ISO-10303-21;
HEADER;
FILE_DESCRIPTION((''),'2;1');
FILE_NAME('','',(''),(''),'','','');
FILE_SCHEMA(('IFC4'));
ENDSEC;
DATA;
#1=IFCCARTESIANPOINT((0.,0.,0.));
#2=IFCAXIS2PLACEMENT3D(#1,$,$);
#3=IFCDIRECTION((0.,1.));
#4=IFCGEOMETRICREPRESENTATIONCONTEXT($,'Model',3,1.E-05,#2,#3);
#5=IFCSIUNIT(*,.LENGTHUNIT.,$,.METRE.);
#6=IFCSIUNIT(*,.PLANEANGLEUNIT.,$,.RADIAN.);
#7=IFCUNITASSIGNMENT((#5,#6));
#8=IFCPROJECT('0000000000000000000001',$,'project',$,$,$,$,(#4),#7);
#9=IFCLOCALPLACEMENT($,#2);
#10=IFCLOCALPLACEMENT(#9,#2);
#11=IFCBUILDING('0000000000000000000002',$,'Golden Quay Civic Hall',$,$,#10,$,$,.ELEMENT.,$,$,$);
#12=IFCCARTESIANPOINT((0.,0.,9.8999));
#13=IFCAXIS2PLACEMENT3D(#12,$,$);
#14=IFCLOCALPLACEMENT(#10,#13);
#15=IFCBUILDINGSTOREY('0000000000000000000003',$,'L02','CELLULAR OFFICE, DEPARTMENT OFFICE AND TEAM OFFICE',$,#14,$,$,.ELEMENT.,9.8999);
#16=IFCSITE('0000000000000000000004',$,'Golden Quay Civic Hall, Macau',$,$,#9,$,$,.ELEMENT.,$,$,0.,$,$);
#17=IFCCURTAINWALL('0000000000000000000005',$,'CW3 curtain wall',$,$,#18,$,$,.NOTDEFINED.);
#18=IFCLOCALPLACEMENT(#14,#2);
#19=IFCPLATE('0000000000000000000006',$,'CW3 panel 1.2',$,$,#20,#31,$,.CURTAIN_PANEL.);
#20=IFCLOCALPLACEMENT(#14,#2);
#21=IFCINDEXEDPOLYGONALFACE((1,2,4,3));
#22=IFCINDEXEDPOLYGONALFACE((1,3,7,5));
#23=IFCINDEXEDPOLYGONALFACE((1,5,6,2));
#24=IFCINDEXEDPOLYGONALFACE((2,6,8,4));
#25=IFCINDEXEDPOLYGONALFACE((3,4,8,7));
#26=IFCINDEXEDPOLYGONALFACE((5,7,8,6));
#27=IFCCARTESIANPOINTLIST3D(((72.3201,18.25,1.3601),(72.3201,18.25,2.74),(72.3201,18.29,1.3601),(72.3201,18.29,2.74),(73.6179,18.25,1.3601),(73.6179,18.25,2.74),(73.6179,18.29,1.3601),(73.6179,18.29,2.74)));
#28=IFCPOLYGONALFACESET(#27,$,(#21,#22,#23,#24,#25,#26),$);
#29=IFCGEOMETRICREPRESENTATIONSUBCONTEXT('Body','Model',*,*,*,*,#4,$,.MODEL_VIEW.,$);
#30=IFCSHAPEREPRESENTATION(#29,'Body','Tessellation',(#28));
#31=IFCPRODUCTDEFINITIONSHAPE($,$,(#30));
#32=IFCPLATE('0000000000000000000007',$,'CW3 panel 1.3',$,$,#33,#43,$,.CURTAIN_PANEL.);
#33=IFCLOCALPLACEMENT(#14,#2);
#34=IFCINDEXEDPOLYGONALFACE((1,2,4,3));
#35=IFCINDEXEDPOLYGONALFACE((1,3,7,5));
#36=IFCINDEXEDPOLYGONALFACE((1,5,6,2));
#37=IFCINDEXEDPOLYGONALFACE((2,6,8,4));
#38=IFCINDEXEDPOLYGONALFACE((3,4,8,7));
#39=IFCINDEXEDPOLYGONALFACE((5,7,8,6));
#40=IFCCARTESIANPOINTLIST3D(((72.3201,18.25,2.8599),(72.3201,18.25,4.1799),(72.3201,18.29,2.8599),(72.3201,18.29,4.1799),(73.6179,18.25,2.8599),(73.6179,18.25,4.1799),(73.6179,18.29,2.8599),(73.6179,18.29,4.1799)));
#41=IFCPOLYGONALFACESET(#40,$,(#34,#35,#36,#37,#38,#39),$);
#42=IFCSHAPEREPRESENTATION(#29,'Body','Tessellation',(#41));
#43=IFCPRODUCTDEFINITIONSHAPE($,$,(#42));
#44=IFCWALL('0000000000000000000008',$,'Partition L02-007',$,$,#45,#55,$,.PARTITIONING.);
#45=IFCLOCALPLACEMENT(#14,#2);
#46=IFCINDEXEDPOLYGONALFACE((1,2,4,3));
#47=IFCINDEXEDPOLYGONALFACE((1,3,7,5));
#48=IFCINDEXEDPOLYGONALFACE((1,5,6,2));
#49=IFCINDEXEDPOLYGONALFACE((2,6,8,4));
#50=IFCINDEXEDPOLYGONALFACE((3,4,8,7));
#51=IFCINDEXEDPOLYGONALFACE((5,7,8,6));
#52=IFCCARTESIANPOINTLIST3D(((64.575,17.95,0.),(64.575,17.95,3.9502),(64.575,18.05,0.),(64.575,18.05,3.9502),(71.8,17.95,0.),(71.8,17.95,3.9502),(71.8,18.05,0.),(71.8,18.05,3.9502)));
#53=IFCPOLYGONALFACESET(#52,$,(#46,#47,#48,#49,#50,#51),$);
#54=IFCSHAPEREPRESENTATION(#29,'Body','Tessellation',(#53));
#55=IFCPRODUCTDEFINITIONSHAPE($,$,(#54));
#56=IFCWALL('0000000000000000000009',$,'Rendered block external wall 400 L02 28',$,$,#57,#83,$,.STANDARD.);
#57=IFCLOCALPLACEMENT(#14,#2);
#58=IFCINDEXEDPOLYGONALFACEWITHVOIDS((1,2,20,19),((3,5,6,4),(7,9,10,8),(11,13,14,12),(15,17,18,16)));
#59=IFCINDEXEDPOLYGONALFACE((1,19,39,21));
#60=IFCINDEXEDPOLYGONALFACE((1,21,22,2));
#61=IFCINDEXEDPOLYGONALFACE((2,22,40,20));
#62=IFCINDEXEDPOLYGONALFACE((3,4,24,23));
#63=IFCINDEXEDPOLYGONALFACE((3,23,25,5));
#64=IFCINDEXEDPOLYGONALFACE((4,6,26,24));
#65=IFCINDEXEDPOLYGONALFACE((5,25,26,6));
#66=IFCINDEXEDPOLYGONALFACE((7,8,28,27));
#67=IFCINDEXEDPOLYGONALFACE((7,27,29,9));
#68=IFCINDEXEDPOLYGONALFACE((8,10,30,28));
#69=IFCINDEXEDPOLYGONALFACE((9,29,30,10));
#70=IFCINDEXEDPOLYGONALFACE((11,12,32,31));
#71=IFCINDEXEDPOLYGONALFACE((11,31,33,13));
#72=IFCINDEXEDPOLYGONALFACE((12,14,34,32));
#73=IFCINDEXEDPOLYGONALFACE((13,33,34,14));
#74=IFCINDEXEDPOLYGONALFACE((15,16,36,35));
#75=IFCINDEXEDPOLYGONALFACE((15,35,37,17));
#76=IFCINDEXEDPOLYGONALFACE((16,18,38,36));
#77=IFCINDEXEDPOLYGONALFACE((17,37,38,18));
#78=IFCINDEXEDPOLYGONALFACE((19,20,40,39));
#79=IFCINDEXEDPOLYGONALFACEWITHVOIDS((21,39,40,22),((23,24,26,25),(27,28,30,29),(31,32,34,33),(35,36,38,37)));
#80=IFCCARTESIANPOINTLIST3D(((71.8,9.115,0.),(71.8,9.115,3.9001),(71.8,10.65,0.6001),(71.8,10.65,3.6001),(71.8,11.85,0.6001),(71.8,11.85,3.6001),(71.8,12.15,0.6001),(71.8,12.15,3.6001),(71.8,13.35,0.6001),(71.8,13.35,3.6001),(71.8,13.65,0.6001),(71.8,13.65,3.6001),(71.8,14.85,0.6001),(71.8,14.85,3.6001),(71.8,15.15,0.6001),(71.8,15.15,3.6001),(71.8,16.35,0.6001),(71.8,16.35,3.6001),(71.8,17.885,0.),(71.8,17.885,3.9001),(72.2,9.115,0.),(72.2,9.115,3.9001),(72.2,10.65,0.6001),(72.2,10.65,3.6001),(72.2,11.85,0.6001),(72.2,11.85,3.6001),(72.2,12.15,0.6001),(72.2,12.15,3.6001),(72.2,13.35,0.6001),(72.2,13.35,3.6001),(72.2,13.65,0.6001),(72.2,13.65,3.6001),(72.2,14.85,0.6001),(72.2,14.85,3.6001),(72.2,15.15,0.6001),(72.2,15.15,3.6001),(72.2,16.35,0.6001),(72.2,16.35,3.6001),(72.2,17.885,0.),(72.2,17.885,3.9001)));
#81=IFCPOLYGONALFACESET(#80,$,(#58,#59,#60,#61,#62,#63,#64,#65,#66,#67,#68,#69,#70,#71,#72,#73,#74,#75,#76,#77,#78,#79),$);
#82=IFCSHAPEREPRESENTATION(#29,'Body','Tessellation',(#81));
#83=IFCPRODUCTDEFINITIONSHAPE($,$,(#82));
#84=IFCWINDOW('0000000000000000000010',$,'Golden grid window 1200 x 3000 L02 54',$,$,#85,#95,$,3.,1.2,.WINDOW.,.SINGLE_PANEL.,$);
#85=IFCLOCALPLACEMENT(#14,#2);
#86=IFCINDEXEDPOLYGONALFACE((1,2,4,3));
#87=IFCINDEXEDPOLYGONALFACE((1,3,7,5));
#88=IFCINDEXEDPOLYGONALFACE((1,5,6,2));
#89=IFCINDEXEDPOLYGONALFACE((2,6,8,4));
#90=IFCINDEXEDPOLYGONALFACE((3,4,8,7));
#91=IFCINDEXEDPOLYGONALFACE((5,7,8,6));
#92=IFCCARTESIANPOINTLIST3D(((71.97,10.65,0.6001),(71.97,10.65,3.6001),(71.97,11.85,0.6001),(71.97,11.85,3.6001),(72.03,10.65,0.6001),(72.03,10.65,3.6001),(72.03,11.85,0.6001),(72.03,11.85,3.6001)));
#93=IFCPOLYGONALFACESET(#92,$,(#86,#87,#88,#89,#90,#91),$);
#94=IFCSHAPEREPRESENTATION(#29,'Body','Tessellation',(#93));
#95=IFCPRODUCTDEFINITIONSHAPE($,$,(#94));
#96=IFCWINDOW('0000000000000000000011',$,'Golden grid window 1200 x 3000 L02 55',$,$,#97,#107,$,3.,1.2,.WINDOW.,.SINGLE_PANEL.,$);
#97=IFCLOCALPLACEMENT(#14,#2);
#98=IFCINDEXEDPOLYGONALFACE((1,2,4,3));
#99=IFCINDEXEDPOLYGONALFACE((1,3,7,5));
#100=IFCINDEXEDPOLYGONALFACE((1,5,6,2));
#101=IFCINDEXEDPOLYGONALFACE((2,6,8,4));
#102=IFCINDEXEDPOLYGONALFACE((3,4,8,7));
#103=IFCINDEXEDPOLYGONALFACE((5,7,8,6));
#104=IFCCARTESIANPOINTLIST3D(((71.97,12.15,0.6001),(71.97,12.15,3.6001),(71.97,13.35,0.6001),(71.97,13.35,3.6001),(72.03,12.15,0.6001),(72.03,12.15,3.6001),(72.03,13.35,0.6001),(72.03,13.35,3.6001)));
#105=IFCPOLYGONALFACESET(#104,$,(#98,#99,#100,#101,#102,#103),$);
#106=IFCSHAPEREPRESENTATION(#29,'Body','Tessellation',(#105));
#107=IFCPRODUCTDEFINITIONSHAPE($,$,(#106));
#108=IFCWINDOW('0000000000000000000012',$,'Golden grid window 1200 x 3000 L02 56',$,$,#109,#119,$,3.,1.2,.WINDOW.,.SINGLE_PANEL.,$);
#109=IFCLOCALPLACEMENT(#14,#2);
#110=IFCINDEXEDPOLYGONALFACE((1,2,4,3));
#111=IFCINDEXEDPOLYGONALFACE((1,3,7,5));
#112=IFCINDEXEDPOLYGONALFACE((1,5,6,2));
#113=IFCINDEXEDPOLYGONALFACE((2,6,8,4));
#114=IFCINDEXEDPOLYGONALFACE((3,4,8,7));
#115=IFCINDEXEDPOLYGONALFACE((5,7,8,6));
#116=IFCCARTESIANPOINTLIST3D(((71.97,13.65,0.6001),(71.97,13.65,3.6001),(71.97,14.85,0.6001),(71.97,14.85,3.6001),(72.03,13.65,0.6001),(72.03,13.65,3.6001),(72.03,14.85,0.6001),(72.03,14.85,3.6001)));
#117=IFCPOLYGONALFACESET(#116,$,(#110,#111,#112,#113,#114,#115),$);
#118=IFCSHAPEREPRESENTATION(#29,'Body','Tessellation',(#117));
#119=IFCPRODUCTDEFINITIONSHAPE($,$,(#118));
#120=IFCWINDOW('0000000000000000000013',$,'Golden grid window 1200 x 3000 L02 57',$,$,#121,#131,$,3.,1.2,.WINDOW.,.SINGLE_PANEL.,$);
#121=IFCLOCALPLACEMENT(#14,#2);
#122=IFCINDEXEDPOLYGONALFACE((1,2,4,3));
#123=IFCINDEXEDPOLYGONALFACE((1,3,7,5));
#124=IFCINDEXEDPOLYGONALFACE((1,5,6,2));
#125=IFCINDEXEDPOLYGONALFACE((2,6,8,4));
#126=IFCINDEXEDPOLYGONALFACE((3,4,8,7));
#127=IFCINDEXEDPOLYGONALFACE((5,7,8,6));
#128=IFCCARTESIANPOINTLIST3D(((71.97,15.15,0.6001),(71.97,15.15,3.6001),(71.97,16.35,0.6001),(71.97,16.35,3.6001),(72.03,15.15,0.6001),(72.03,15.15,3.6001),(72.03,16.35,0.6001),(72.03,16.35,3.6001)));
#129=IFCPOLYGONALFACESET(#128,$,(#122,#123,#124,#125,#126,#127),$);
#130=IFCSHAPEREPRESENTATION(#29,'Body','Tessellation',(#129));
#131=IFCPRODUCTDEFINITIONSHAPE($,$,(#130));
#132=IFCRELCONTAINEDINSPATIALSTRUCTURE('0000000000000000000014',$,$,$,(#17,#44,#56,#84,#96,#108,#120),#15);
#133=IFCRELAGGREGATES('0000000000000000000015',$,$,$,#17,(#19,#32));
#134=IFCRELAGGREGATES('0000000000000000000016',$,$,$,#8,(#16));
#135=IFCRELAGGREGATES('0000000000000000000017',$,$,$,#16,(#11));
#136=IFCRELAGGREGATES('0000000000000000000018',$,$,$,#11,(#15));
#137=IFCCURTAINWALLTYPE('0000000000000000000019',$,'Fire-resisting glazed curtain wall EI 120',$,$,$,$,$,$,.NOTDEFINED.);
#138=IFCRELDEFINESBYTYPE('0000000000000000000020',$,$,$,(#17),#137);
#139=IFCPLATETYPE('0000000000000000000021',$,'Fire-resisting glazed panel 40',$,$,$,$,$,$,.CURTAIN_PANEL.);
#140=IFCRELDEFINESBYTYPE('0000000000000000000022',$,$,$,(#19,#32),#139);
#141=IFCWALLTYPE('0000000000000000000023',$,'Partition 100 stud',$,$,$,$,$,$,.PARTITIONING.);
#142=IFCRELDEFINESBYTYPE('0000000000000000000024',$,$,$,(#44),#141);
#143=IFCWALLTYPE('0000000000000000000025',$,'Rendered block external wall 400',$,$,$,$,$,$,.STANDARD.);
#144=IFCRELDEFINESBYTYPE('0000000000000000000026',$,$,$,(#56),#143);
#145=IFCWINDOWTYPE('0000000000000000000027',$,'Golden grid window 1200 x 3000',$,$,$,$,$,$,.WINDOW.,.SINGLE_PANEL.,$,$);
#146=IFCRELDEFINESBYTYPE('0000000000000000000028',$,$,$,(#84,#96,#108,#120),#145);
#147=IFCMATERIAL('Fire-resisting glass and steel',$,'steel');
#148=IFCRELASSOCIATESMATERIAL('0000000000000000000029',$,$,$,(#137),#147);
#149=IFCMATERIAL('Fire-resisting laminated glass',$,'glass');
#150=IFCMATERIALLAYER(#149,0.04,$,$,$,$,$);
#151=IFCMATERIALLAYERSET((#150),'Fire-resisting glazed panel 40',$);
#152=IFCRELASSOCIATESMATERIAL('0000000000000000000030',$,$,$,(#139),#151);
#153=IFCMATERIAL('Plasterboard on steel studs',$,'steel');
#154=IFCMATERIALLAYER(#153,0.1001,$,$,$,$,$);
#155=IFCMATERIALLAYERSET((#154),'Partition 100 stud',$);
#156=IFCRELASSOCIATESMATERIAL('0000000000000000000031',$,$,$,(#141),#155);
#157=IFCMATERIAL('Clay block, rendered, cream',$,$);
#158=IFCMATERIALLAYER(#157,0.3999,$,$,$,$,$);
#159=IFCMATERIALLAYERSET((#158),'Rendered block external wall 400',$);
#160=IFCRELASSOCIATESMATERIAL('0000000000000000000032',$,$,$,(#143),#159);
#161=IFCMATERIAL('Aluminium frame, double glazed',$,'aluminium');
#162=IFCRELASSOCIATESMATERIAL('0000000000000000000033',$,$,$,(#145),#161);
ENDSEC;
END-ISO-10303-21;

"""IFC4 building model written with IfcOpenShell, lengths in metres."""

from ifc_helpers import new_model, si_unit, direction, frame, frame_2d, origin, origin_2d, place, context, subcontext, project, spatial, rectangle, extrude, material, layer, layer_set, type_object, element, fill, aggregate, save


model = new_model("IFC4")

# Units and contexts
model_context = context("Model", 3, precision=1e-05, world=origin(), true_north=direction((0.0, 1.0)))
body_context = subcontext(model_context, "Body", "Model", "MODEL_VIEW")
ifc_project = project(units=[si_unit("LENGTHUNIT", "METRE"), si_unit("PLANEANGLEUNIT", "RADIAN")], contexts=[model_context])

# Site, building, storey
site_placement = place(None, origin())
site = spatial("IfcSite", under=ifc_project, at=site_placement, Name="Golden Quay Civic Hall, Macau", CompositionType="ELEMENT", RefElevation=0.0)
building_placement = place(site_placement, origin())
building = spatial("IfcBuilding", under=site, at=building_placement, Name="Golden Quay Civic Hall", CompositionType="ELEMENT")
storey_placement = place(building_placement, frame((0.0, 0.0, 9.8999)))
storey = spatial("IfcBuildingStorey", under=building, at=storey_placement, Name="L02", Description="CELLULAR OFFICE, DEPARTMENT OFFICE AND TEAM OFFICE", CompositionType="ELEMENT", Elevation=9.8999)

# Curtain wall
ifc_material_1 = material(Name="Fire-resisting glass and steel", Category="steel")
curtain_wall_type = type_object("IfcCurtainWallType", Name="Fire-resisting glazed curtain wall EI 120", PredefinedType="NOTDEFINED", material=ifc_material_1)
curtain_wall_placement = place(storey_placement, origin())
curtain_wall = element("IfcCurtainWall", 1, at=curtain_wall_placement, inside=storey, type_object=curtain_wall_type, Name="CW3 curtain wall", PredefinedType="NOTDEFINED")

# Plates
ifc_material_2 = material(Name="Fire-resisting laminated glass", Category="glass")
ifc_layer_1 = layer(ifc_material_2, 0.04)
ifc_layer_set_1 = layer_set([ifc_layer_1], Name="Fire-resisting glazed panel 40")
plate_type = type_object("IfcPlateType", Name="Fire-resisting glazed panel 40", PredefinedType="CURTAIN_PANEL", material=ifc_layer_set_1)
plate_1_placement = place(storey_placement, frame((72.969, 18.27, 1.3601), z_axis=(0.0, 0.0, 1.0), x_axis=(1.0, 0.0, 0.0)))
plate_1 = element("IfcPlate", 2, at=plate_1_placement, type_object=plate_type, Name="CW3 panel 1.2", PredefinedType="CURTAIN_PANEL", context=body_context, shape_type="SweptSolid", body=[
    extrude(rectangle(XDim=1.2979, YDim=0.04, at=origin_2d()), origin(), (0.0, 0.0, 1.0), 1.3799),
])
plate_2_placement = place(storey_placement, frame((72.969, 18.27, 2.8599), z_axis=(0.0, 0.0, 1.0), x_axis=(1.0, 0.0, 0.0)))
plate_2 = element("IfcPlate", 3, at=plate_2_placement, type_object=plate_type, Name="CW3 panel 1.3", PredefinedType="CURTAIN_PANEL", context=body_context, shape_type="SweptSolid", body=[
    extrude(rectangle(XDim=1.2979, YDim=0.04, at=origin_2d()), origin(), (0.0, 0.0, 1.0), 1.3201),
])
aggregate(curtain_wall, [plate_1, plate_2])

# Wall
ifc_material_3 = material(Name="Plasterboard on steel studs", Category="steel")
ifc_layer_2 = layer(ifc_material_3, 0.1001)
ifc_layer_set_2 = layer_set([ifc_layer_2], Name="Partition 100 stud")
wall_type_1 = type_object("IfcWallType", Name="Partition 100 stud", PredefinedType="PARTITIONING", material=ifc_layer_set_2)
wall_1_placement = place(storey_placement, frame((64.575, 18.0, 0.0), z_axis=(0.0, 0.0, 1.0), x_axis=(1.0, 0.0, 0.0)))
element("IfcWall", 4, at=wall_1_placement, inside=storey, type_object=wall_type_1, Name="Partition L02-007", PredefinedType="PARTITIONING", context=body_context, shape_type="SweptSolid", body=[
    extrude(rectangle(XDim=7.2251, YDim=0.1001, at=frame_2d((3.6125, 0.0))), origin(), (0.0, 0.0, 1.0), 3.9502),
])

# Wall, openings, windows
ifc_material_4 = material(Name="Clay block, rendered, cream")
ifc_layer_3 = layer(ifc_material_4, 0.3999)
ifc_layer_set_3 = layer_set([ifc_layer_3], Name="Rendered block external wall 400")
wall_type_2 = type_object("IfcWallType", Name="Rendered block external wall 400", PredefinedType="STANDARD", material=ifc_layer_set_3)
wall_2_placement = place(storey_placement, frame((72.0, 17.885, 0.0), z_axis=(0.0, 0.0, 1.0), x_axis=(0.0, -1.0, 0.0)))
wall_2 = element("IfcWall", 5, at=wall_2_placement, inside=storey, type_object=wall_type_2, Name="Rendered block external wall 400 L02 28", PredefinedType="STANDARD", context=body_context, shape_type="SweptSolid", body=[
    extrude(rectangle(XDim=8.77, YDim=0.3999, at=frame_2d((4.385, 0.0))), origin(), (0.0, 0.0, 1.0), 3.9001),
])
opening_1_placement = place(wall_2_placement, frame((6.0349, 0.0, 0.6001)))
opening_1 = element("IfcOpeningElement", 6, at=opening_1_placement, cuts=wall_2, PredefinedType="OPENING", context=body_context, shape_type="SweptSolid", body=[
    extrude(rectangle(XDim=1.2, YDim=3.0, at=frame_2d((0.6001, 1.5))), frame((0.0, 0.21, 0.0), z_axis=(0.0, -1.0, 0.0), x_axis=(1.0, 0.0, 0.0)), (0.0, 0.0, 1.0), 0.4199),
])
opening_2_placement = place(wall_2_placement, frame((4.5349, 0.0, 0.6001)))
opening_2 = element("IfcOpeningElement", 7, at=opening_2_placement, cuts=wall_2, PredefinedType="OPENING", context=body_context, shape_type="SweptSolid", body=[
    extrude(rectangle(XDim=1.2, YDim=3.0, at=frame_2d((0.6001, 1.5))), frame((0.0, 0.21, 0.0), z_axis=(0.0, -1.0, 0.0), x_axis=(1.0, 0.0, 0.0)), (0.0, 0.0, 1.0), 0.4199),
])
opening_3_placement = place(wall_2_placement, frame((3.0349, 0.0, 0.6001)))
opening_3 = element("IfcOpeningElement", 8, at=opening_3_placement, cuts=wall_2, PredefinedType="OPENING", context=body_context, shape_type="SweptSolid", body=[
    extrude(rectangle(XDim=1.2, YDim=3.0, at=frame_2d((0.6001, 1.5))), frame((0.0, 0.21, 0.0), z_axis=(0.0, -1.0, 0.0), x_axis=(1.0, 0.0, 0.0)), (0.0, 0.0, 1.0), 0.4199),
])
opening_4_placement = place(wall_2_placement, frame((1.5349, 0.0, 0.6001)))
opening_4 = element("IfcOpeningElement", 9, at=opening_4_placement, cuts=wall_2, PredefinedType="OPENING", context=body_context, shape_type="SweptSolid", body=[
    extrude(rectangle(XDim=1.2, YDim=3.0, at=frame_2d((0.6001, 1.5))), frame((0.0, 0.21, 0.0), z_axis=(0.0, -1.0, 0.0), x_axis=(1.0, 0.0, 0.0)), (0.0, 0.0, 1.0), 0.4199),
])
ifc_material_5 = material(Name="Aluminium frame, double glazed", Category="aluminium")
window_type = type_object("IfcWindowType", Name="Golden grid window 1200 x 3000", PartitioningType="SINGLE_PANEL", PredefinedType="WINDOW", material=ifc_material_5)
window_1_placement = place(opening_1_placement, origin())
window_1 = element("IfcWindow", 10, at=window_1_placement, inside=storey, type_object=window_type, Name="Golden grid window 1200 x 3000 L02 54", OverallHeight=3.0, OverallWidth=1.2, PartitioningType="SINGLE_PANEL", PredefinedType="WINDOW", context=body_context, shape_type="SweptSolid", body=[
    extrude(rectangle(XDim=1.2, YDim=3.0, at=frame_2d((0.6001, 1.5))), frame((0.0, 0.03, 0.0), z_axis=(0.0, -1.0, 0.0), x_axis=(1.0, 0.0, 0.0)), (0.0, 0.0, 1.0), 0.0601),
])
fill(opening_1, window_1)
window_2_placement = place(opening_2_placement, origin())
window_2 = element("IfcWindow", 11, at=window_2_placement, inside=storey, type_object=window_type, Name="Golden grid window 1200 x 3000 L02 55", OverallHeight=3.0, OverallWidth=1.2, PartitioningType="SINGLE_PANEL", PredefinedType="WINDOW", context=body_context, shape_type="SweptSolid", body=[
    extrude(rectangle(XDim=1.2, YDim=3.0, at=frame_2d((0.6001, 1.5))), frame((0.0, 0.03, 0.0), z_axis=(0.0, -1.0, 0.0), x_axis=(1.0, 0.0, 0.0)), (0.0, 0.0, 1.0), 0.0601),
])
fill(opening_2, window_2)
window_3_placement = place(opening_3_placement, origin())
window_3 = element("IfcWindow", 12, at=window_3_placement, inside=storey, type_object=window_type, Name="Golden grid window 1200 x 3000 L02 56", OverallHeight=3.0, OverallWidth=1.2, PartitioningType="SINGLE_PANEL", PredefinedType="WINDOW", context=body_context, shape_type="SweptSolid", body=[
    extrude(rectangle(XDim=1.2, YDim=3.0, at=frame_2d((0.6001, 1.5))), frame((0.0, 0.03, 0.0), z_axis=(0.0, -1.0, 0.0), x_axis=(1.0, 0.0, 0.0)), (0.0, 0.0, 1.0), 0.0601),
])
fill(opening_3, window_3)
window_4_placement = place(opening_4_placement, origin())
window_4 = element("IfcWindow", 13, at=window_4_placement, inside=storey, type_object=window_type, Name="Golden grid window 1200 x 3000 L02 57", OverallHeight=3.0, OverallWidth=1.2, PartitioningType="SINGLE_PANEL", PredefinedType="WINDOW", context=body_context, shape_type="SweptSolid", body=[
    extrude(rectangle(XDim=1.2, YDim=3.0, at=frame_2d((0.6001, 1.5))), frame((0.0, 0.03, 0.0), z_axis=(0.0, -1.0, 0.0), x_axis=(1.0, 0.0, 0.0)), (0.0, 0.0, 1.0), 0.0601),
])
fill(opening_4, window_4)

save(model, "model.ifc")
